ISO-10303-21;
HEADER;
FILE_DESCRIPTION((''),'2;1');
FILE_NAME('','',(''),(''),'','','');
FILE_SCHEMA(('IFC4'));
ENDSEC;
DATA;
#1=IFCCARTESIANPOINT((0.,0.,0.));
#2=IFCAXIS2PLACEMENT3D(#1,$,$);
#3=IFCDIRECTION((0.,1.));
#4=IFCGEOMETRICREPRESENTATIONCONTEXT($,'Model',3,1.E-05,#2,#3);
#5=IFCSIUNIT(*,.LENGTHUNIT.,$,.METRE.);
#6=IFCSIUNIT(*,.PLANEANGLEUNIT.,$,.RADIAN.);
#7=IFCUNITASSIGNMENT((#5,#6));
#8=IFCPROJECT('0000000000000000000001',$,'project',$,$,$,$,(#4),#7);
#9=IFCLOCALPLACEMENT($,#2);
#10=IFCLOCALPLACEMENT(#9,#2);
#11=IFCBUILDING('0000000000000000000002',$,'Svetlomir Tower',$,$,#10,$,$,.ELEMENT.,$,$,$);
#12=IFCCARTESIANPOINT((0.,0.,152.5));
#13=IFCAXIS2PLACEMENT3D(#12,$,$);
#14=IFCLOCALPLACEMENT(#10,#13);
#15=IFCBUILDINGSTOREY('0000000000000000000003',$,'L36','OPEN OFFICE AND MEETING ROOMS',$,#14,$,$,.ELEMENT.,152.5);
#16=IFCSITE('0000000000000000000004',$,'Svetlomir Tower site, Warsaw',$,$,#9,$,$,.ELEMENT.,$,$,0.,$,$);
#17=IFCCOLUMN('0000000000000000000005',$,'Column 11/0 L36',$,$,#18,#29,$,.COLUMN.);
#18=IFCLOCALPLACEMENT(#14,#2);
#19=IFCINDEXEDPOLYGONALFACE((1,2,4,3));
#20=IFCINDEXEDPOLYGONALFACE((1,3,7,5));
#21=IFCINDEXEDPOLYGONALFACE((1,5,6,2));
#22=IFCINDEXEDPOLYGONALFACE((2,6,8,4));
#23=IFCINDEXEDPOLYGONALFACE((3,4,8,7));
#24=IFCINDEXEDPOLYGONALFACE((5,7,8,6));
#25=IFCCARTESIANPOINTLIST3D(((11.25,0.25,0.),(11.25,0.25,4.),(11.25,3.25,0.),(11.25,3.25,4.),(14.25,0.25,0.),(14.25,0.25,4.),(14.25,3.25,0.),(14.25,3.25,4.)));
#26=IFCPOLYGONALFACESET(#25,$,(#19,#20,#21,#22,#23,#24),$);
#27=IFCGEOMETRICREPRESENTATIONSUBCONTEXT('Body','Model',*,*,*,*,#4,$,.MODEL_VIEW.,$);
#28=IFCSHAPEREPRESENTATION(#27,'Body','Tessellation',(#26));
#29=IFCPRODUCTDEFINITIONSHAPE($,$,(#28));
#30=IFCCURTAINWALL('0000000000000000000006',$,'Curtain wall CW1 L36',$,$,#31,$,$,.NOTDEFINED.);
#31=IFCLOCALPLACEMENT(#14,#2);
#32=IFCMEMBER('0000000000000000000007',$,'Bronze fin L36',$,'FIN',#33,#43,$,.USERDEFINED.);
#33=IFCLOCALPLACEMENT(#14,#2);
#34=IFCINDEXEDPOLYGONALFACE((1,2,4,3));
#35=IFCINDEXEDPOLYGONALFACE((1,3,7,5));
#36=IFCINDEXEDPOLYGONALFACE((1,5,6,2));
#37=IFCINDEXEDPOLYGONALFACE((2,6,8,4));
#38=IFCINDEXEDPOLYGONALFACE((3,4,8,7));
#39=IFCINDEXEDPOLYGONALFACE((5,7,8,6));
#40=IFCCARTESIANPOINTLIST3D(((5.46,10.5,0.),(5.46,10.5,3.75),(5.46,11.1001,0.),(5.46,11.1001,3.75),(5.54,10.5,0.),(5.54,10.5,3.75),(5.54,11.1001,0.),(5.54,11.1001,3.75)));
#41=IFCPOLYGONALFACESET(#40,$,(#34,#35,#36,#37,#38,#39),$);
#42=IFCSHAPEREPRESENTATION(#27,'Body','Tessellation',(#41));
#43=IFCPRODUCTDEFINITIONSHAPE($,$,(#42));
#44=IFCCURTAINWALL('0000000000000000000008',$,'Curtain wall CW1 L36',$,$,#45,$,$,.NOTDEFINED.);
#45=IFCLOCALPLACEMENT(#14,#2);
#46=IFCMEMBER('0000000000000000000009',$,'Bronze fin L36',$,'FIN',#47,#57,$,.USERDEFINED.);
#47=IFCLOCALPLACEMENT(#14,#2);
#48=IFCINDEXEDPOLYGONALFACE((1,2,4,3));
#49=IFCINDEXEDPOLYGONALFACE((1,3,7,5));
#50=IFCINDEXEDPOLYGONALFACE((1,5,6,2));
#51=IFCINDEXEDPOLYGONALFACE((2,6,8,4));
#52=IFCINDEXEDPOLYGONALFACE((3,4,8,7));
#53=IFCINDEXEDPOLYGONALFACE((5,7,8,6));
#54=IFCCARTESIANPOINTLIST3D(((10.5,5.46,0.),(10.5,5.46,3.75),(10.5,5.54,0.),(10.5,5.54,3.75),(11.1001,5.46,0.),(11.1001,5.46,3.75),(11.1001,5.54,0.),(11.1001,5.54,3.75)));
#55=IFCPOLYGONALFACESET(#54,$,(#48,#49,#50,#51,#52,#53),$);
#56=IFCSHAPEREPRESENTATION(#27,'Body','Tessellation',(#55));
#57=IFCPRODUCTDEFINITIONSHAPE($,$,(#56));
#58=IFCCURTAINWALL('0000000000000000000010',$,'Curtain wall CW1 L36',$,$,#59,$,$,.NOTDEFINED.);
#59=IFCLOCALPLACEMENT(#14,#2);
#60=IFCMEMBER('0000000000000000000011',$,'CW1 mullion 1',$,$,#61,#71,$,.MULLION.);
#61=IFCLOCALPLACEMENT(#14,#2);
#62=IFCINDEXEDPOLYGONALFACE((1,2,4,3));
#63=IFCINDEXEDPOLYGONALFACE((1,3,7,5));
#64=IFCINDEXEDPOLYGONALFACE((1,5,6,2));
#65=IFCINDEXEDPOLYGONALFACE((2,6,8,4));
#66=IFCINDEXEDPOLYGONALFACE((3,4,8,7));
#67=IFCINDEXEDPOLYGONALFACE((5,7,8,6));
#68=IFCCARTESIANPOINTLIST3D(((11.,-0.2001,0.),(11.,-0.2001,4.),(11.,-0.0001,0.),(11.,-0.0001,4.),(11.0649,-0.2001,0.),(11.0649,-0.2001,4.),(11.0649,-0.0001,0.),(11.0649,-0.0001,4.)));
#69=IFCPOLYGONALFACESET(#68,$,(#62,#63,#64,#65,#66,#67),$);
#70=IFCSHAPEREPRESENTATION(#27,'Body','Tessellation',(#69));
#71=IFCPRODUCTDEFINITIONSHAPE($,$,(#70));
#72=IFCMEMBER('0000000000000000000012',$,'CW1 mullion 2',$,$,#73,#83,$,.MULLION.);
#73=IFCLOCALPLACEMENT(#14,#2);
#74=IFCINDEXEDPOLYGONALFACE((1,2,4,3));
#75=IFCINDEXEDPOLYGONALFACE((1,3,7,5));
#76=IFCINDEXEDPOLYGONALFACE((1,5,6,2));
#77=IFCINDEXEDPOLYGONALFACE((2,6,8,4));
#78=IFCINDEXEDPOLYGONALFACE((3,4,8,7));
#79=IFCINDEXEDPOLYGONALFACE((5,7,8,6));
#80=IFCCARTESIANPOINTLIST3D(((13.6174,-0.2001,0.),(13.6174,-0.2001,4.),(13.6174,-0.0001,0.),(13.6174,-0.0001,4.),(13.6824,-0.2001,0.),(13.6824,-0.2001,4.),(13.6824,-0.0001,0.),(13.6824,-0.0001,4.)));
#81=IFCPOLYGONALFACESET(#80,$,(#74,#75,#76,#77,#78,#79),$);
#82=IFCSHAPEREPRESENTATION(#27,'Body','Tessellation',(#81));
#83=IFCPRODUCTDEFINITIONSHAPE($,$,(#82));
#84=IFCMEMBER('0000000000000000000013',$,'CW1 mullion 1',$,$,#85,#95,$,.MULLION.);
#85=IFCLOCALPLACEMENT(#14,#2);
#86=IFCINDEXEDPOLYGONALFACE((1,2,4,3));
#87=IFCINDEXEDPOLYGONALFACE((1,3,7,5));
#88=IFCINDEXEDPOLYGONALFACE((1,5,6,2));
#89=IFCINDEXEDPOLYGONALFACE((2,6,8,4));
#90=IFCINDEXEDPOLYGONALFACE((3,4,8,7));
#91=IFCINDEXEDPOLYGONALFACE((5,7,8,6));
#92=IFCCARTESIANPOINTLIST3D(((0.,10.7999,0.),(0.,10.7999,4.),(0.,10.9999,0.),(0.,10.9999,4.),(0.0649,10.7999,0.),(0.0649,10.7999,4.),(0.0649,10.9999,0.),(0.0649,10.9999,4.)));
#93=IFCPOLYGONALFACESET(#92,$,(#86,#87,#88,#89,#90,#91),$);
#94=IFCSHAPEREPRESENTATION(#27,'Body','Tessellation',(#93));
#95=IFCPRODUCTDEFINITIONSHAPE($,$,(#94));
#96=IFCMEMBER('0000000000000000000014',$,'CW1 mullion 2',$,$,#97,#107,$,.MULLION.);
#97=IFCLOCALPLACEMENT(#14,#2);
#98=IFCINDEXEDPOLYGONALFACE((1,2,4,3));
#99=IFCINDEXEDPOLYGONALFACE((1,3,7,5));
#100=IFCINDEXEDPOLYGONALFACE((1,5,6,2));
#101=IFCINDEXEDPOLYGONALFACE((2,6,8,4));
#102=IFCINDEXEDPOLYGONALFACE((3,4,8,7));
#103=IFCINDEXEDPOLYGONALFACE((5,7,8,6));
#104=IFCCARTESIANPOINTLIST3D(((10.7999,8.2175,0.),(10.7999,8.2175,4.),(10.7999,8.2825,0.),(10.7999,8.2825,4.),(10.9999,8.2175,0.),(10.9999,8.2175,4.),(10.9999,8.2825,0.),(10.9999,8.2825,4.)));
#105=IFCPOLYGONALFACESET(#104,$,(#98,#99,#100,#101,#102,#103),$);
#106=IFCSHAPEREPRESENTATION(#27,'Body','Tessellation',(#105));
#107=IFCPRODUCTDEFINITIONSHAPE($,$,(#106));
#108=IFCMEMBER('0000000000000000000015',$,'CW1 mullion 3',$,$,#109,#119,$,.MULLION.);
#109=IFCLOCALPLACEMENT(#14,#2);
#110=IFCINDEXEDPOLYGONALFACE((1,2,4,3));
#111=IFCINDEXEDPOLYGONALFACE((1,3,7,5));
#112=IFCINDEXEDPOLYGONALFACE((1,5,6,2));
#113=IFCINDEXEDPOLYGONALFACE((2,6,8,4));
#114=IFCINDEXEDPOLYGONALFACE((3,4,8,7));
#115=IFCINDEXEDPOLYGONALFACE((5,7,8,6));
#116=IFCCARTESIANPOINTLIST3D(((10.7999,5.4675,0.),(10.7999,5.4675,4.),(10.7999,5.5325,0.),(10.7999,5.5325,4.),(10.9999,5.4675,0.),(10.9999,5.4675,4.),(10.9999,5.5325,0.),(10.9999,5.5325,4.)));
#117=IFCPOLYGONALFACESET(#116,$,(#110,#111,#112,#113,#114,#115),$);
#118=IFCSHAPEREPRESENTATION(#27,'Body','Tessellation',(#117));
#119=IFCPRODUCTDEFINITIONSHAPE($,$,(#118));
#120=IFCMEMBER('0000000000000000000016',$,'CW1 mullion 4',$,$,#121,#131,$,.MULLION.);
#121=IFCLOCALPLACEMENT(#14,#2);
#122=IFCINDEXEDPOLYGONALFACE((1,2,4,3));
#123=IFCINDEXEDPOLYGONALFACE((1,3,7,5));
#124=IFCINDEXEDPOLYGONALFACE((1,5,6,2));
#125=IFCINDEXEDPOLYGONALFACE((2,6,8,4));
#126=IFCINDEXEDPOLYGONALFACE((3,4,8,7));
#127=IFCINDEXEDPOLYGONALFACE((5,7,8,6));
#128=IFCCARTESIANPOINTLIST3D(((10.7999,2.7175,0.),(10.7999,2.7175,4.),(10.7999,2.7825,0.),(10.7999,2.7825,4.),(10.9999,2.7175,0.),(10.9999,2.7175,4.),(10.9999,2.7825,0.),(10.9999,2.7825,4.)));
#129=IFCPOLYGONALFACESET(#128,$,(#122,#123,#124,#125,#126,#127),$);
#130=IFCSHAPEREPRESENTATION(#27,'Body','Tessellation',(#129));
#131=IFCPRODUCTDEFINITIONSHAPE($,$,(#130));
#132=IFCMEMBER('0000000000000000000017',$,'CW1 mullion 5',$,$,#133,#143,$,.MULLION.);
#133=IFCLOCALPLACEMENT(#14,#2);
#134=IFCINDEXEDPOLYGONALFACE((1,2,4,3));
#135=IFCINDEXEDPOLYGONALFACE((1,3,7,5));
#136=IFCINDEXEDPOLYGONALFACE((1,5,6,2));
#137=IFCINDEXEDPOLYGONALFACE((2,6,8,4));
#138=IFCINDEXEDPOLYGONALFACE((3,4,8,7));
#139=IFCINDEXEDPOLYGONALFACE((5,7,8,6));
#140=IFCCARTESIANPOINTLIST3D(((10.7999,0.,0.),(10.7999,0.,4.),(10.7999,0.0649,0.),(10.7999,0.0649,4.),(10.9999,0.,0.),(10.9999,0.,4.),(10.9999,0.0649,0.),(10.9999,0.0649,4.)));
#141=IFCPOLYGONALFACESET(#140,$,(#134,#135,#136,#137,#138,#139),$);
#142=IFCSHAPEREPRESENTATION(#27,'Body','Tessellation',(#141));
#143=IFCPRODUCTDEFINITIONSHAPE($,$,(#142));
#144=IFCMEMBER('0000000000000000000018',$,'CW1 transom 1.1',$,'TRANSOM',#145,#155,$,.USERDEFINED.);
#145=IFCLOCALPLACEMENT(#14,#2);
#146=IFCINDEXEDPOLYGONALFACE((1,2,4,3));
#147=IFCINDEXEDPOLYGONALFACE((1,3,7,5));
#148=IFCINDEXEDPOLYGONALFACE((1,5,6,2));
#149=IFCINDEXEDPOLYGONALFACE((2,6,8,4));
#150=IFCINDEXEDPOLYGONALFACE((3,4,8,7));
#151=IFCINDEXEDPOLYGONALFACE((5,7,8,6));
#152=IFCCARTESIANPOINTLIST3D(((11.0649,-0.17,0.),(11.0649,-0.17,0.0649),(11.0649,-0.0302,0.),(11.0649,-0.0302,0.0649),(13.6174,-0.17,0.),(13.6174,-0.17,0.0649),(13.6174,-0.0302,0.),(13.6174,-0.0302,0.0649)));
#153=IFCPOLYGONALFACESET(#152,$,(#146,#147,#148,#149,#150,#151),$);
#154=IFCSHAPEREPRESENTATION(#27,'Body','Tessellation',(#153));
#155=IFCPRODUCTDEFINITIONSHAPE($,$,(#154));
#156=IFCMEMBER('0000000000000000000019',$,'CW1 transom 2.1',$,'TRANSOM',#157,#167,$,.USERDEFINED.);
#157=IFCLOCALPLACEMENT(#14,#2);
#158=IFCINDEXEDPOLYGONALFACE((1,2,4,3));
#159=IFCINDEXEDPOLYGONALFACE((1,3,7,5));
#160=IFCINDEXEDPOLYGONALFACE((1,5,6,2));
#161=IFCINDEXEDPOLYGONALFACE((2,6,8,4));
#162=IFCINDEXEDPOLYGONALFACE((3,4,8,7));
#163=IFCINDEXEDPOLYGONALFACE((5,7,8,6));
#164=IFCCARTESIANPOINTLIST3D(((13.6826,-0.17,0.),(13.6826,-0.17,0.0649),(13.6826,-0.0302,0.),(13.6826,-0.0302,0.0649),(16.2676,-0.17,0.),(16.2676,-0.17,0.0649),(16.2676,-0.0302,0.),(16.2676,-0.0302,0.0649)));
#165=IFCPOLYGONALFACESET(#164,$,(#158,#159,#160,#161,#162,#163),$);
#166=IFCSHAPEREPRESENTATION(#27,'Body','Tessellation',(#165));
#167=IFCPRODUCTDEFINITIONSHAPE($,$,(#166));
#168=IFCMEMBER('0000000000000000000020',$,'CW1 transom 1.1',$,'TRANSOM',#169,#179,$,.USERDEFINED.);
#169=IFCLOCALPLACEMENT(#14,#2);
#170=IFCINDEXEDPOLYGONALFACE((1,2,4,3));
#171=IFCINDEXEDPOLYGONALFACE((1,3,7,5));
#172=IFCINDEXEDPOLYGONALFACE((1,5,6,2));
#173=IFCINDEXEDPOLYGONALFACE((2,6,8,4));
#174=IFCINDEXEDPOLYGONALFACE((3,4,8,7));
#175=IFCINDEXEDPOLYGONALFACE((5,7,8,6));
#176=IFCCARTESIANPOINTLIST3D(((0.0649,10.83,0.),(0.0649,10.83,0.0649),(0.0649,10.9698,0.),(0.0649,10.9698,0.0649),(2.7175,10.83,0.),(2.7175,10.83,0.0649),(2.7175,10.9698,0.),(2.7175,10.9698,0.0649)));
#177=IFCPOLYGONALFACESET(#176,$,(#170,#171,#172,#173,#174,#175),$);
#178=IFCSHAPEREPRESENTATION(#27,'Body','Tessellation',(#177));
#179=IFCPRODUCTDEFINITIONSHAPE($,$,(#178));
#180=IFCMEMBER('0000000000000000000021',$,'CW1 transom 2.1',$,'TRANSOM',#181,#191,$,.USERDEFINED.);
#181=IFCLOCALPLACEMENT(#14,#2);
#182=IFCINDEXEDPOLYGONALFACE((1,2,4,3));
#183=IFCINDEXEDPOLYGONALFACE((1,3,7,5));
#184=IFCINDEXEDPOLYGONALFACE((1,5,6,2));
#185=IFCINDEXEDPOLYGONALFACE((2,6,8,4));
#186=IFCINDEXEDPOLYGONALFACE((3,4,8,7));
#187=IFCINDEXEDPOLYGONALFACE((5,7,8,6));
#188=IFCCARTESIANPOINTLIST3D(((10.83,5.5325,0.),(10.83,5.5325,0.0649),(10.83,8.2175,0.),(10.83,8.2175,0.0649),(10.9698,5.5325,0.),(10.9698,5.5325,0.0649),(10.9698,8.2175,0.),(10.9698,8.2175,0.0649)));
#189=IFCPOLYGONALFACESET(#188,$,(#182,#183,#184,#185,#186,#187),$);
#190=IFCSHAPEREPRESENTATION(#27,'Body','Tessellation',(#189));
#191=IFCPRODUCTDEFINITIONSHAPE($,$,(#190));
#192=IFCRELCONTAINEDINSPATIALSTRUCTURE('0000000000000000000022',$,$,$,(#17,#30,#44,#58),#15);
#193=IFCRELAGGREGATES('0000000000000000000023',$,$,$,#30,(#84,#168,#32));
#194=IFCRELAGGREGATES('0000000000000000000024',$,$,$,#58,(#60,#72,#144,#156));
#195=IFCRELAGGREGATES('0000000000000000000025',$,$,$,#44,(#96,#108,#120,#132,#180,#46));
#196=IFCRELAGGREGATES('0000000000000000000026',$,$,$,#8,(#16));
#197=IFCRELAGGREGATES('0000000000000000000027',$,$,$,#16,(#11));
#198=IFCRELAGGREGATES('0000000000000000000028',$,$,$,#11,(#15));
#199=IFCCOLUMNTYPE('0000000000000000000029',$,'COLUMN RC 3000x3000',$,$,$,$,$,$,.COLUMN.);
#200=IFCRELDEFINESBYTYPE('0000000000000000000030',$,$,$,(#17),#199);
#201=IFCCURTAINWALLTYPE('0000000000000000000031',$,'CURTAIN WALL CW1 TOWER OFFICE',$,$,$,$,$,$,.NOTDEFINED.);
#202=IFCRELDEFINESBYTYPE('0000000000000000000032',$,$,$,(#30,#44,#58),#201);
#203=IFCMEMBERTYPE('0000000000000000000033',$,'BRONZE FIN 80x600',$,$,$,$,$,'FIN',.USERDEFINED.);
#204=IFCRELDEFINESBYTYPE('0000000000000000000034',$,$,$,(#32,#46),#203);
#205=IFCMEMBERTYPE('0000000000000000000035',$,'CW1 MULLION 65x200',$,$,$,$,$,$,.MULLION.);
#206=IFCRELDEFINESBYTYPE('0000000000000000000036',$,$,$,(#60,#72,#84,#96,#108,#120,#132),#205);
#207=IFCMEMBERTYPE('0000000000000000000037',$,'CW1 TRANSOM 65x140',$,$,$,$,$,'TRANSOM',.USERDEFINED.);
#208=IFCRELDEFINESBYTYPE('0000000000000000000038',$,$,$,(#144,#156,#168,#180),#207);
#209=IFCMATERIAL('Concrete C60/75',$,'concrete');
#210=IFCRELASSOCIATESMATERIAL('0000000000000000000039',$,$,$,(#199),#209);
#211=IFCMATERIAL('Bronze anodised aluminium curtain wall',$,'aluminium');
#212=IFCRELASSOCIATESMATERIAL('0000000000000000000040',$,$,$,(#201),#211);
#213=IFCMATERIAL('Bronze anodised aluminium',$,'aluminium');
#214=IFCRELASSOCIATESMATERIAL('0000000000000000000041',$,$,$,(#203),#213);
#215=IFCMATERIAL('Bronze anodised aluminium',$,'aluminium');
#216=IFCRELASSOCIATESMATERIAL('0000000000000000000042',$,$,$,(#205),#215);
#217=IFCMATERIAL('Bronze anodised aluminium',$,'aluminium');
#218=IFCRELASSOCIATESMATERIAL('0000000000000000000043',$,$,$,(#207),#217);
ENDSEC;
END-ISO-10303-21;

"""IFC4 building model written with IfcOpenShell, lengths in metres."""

from ifc_helpers import new_model, si_unit, direction, frame, origin, origin_2d, place, context, subcontext, project, spatial, rectangle, extrude, material, material_profile, profile_set, type_object, element, aggregate, save


model = new_model("IFC4")

# Units and contexts
model_context = context("Model", 3, precision=1e-05, world=origin(), true_north=direction((0.0, 1.0)))
body_context = subcontext(model_context, "Body", "Model", "MODEL_VIEW")
ifc_project = project(units=[si_unit("LENGTHUNIT", "METRE"), si_unit("PLANEANGLEUNIT", "RADIAN")], contexts=[model_context])

# Site, building, storey
site_placement = place(None, origin())
site = spatial("IfcSite", under=ifc_project, at=site_placement, Name="Svetlomir Tower site, Warsaw", CompositionType="ELEMENT", RefElevation=0.0)
building_placement = place(site_placement, origin())
building = spatial("IfcBuilding", under=site, at=building_placement, Name="Svetlomir Tower", CompositionType="ELEMENT")
storey_placement = place(building_placement, frame((0.0, 0.0, 152.5)))
storey = spatial("IfcBuildingStorey", under=building, at=storey_placement, Name="L36", Description="OPEN OFFICE AND MEETING ROOMS", CompositionType="ELEMENT", Elevation=152.5)

# Column
ifc_material_1 = material(Name="Concrete C60/75", Category="concrete")
ifc_material_profile_1 = material_profile(ifc_material_1, rectangle(XDim=3.0, YDim=3.0, at=origin_2d()), Name="RC 3000x3000")
ifc_profile_set_1 = profile_set([ifc_material_profile_1], Name="Concrete C60/75")
column_type = type_object("IfcColumnType", Name="COLUMN RC 3000x3000", PredefinedType="COLUMN", material=ifc_profile_set_1)
column_placement = place(storey_placement, frame((12.75, 1.75, 0.0), z_axis=(0.0, 0.0, 1.0), x_axis=(1.0, 0.0, 0.0)))
element("IfcColumn", 1, at=column_placement, inside=storey, type_object=column_type, Name="Column 11/0 L36", PredefinedType="COLUMN", context=body_context, shape_type="SweptSolid", body=[
    extrude(rectangle(XDim=3.0, YDim=3.0, at=origin_2d()), origin(), (0.0, 0.0, 1.0), 4.0),
])

# Curtain walls, members
ifc_material_2 = material(Name="Bronze anodised aluminium curtain wall", Category="aluminium")
curtain_wall_type = type_object("IfcCurtainWallType", Name="CURTAIN WALL CW1 TOWER OFFICE", PredefinedType="NOTDEFINED", material=ifc_material_2)
curtain_wall_1_placement = place(storey_placement, origin())
curtain_wall_1 = element("IfcCurtainWall", 2, at=curtain_wall_1_placement, inside=storey, type_object=curtain_wall_type, Name="Curtain wall CW1 L36", PredefinedType="NOTDEFINED")
ifc_material_3 = material(Name="Bronze anodised aluminium", Category="aluminium")
ifc_material_profile_2 = material_profile(ifc_material_3, rectangle(XDim=0.0801, YDim=0.6001, at=origin_2d()), Name="FIN 80x600")
ifc_profile_set_2 = profile_set([ifc_material_profile_2], Name="Bronze anodised aluminium 6063-T6")
member_type_1 = type_object("IfcMemberType", Name="BRONZE FIN 80x600", ElementType="FIN", PredefinedType="USERDEFINED", material=ifc_profile_set_2)
member_1_placement = place(storey_placement, frame((5.5, 10.8, 0.0), z_axis=(0.0, 0.0, 1.0), x_axis=(1.0, 0.0, 0.0)))
member_1 = element("IfcMember", 3, at=member_1_placement, type_object=member_type_1, Name="Bronze fin L36", ObjectType="FIN", PredefinedType="USERDEFINED", context=body_context, shape_type="SweptSolid", body=[
    extrude(rectangle(XDim=0.0801, YDim=0.6001, at=origin_2d()), origin(), (0.0, 0.0, 1.0), 3.75),
])
curtain_wall_2_placement = place(storey_placement, origin())
curtain_wall_2 = element("IfcCurtainWall", 4, at=curtain_wall_2_placement, inside=storey, type_object=curtain_wall_type, Name="Curtain wall CW1 L36", PredefinedType="NOTDEFINED")
member_2_placement = place(storey_placement, frame((10.8, 5.5, 0.0), z_axis=(0.0, 0.0, 1.0), x_axis=(0.0, 1.0, 0.0)))
member_2 = element("IfcMember", 5, at=member_2_placement, type_object=member_type_1, Name="Bronze fin L36", ObjectType="FIN", PredefinedType="USERDEFINED", context=body_context, shape_type="SweptSolid", body=[
    extrude(rectangle(XDim=0.0801, YDim=0.6001, at=origin_2d()), origin(), (0.0, 0.0, 1.0), 3.75),
])

# Curtain wall, members
curtain_wall_3_placement = place(storey_placement, origin())
curtain_wall_3 = element("IfcCurtainWall", 6, at=curtain_wall_3_placement, inside=storey, type_object=curtain_wall_type, Name="Curtain wall CW1 L36", PredefinedType="NOTDEFINED")
ifc_material_4 = material(Name="Bronze anodised aluminium", Category="aluminium")
ifc_material_profile_3 = material_profile(ifc_material_4, rectangle(XDim=0.0649, YDim=0.2, at=origin_2d()), Name="AL 65x200")
ifc_profile_set_3 = profile_set([ifc_material_profile_3], Name="Bronze anodised aluminium 6063-T6")
member_type_2 = type_object("IfcMemberType", Name="CW1 MULLION 65x200", PredefinedType="MULLION", material=ifc_profile_set_3)
member_3_placement = place(storey_placement, frame((11.0325, -0.1001, 0.0), z_axis=(0.0, 0.0, 1.0), x_axis=(1.0, 0.0, 0.0)))
member_3 = element("IfcMember", 7, at=member_3_placement, type_object=member_type_2, Name="CW1 mullion 1", PredefinedType="MULLION", context=body_context, shape_type="SweptSolid", body=[
    extrude(rectangle(XDim=0.0649, YDim=0.2, at=origin_2d()), origin(), (0.0, 0.0, 1.0), 4.0),
])
member_4_placement = place(storey_placement, frame((13.6499, -0.1001, 0.0), z_axis=(0.0, 0.0, 1.0), x_axis=(1.0, 0.0, 0.0)))
member_4 = element("IfcMember", 8, at=member_4_placement, type_object=member_type_2, Name="CW1 mullion 2", PredefinedType="MULLION", context=body_context, shape_type="SweptSolid", body=[
    extrude(rectangle(XDim=0.0649, YDim=0.2, at=origin_2d()), origin(), (0.0, 0.0, 1.0), 4.0),
])

# Members
member_5_placement = place(storey_placement, frame((0.0325, 10.8999, 0.0), z_axis=(0.0, 0.0, 1.0), x_axis=(1.0, 0.0, 0.0)))
member_5 = element("IfcMember", 9, at=member_5_placement, type_object=member_type_2, Name="CW1 mullion 1", PredefinedType="MULLION", context=body_context, shape_type="SweptSolid", body=[
    extrude(rectangle(XDim=0.0649, YDim=0.2, at=origin_2d()), origin(), (0.0, 0.0, 1.0), 4.0),
])
member_6_placement = place(storey_placement, frame((10.8999, 8.25, 0.0), z_axis=(0.0, 0.0, 1.0), x_axis=(0.0, -1.0, 0.0)))
member_6 = element("IfcMember", 10, at=member_6_placement, type_object=member_type_2, Name="CW1 mullion 2", PredefinedType="MULLION", context=body_context, shape_type="SweptSolid", body=[
    extrude(rectangle(XDim=0.0649, YDim=0.2, at=origin_2d()), origin(), (0.0, 0.0, 1.0), 4.0),
])
member_7_placement = place(storey_placement, frame((10.8999, 5.5, 0.0), z_axis=(0.0, 0.0, 1.0), x_axis=(0.0, -1.0, 0.0)))
member_7 = element("IfcMember", 11, at=member_7_placement, type_object=member_type_2, Name="CW1 mullion 3", PredefinedType="MULLION", context=body_context, shape_type="SweptSolid", body=[
    extrude(rectangle(XDim=0.0649, YDim=0.2, at=origin_2d()), origin(), (0.0, 0.0, 1.0), 4.0),
])
member_8_placement = place(storey_placement, frame((10.8999, 2.75, 0.0), z_axis=(0.0, 0.0, 1.0), x_axis=(0.0, -1.0, 0.0)))
member_8 = element("IfcMember", 12, at=member_8_placement, type_object=member_type_2, Name="CW1 mullion 4", PredefinedType="MULLION", context=body_context, shape_type="SweptSolid", body=[
    extrude(rectangle(XDim=0.0649, YDim=0.2, at=origin_2d()), origin(), (0.0, 0.0, 1.0), 4.0),
])
member_9_placement = place(storey_placement, frame((10.8999, 0.0325, 0.0), z_axis=(0.0, 0.0, 1.0), x_axis=(0.0, -1.0, 0.0)))
member_9 = element("IfcMember", 13, at=member_9_placement, type_object=member_type_2, Name="CW1 mullion 5", PredefinedType="MULLION", context=body_context, shape_type="SweptSolid", body=[
    extrude(rectangle(XDim=0.0649, YDim=0.2, at=origin_2d()), origin(), (0.0, 0.0, 1.0), 4.0),
])
ifc_material_5 = material(Name="Bronze anodised aluminium", Category="aluminium")
ifc_material_profile_4 = material_profile(ifc_material_5, rectangle(XDim=0.1399, YDim=0.0649, at=origin_2d()), Name="AL 140x65")
ifc_profile_set_4 = profile_set([ifc_material_profile_4], Name="Bronze anodised aluminium 6063-T6")
member_type_3 = type_object("IfcMemberType", Name="CW1 TRANSOM 65x140", ElementType="TRANSOM", PredefinedType="USERDEFINED", material=ifc_profile_set_4)
member_10_placement = place(storey_placement, frame((11.0649, -0.1001, 0.0325), z_axis=(1.0, 0.0, 0.0), x_axis=(0.0, 1.0, 0.0)))
member_10 = element("IfcMember", 14, at=member_10_placement, type_object=member_type_3, Name="CW1 transom 1.1", ObjectType="TRANSOM", PredefinedType="USERDEFINED", context=body_context, shape_type="SweptSolid", body=[
    extrude(rectangle(XDim=0.1399, YDim=0.0649, at=origin_2d()), origin(), (0.0, 0.0, 1.0), 2.5525),
])
member_11_placement = place(storey_placement, frame((13.6826, -0.1001, 0.0325), z_axis=(1.0, 0.0, 0.0), x_axis=(0.0, 1.0, 0.0)))
member_11 = element("IfcMember", 15, at=member_11_placement, type_object=member_type_3, Name="CW1 transom 2.1", ObjectType="TRANSOM", PredefinedType="USERDEFINED", context=body_context, shape_type="SweptSolid", body=[
    extrude(rectangle(XDim=0.1399, YDim=0.0649, at=origin_2d()), origin(), (0.0, 0.0, 1.0), 2.585),
])
member_12_placement = place(storey_placement, frame((0.0649, 10.8999, 0.0325), z_axis=(1.0, 0.0, 0.0), x_axis=(0.0, 1.0, 0.0)))
member_12 = element("IfcMember", 16, at=member_12_placement, type_object=member_type_3, Name="CW1 transom 1.1", ObjectType="TRANSOM", PredefinedType="USERDEFINED", context=body_context, shape_type="SweptSolid", body=[
    extrude(rectangle(XDim=0.1399, YDim=0.0649, at=origin_2d()), origin(), (0.0, 0.0, 1.0), 2.6526),
])
aggregate(curtain_wall_1, [member_5, member_12, member_1])
member_13_placement = place(storey_placement, frame((10.8999, 8.2175, 0.0325), z_axis=(0.0, -1.0, 0.0), x_axis=(1.0, 0.0, 0.0)))
member_13 = element("IfcMember", 17, at=member_13_placement, type_object=member_type_3, Name="CW1 transom 2.1", ObjectType="TRANSOM", PredefinedType="USERDEFINED", context=body_context, shape_type="SweptSolid", body=[
    extrude(rectangle(XDim=0.1399, YDim=0.0649, at=origin_2d()), origin(), (0.0, 0.0, 1.0), 2.6851),
])

aggregate(curtain_wall_3, [member_3, member_4, member_10, member_11])
aggregate(curtain_wall_2, [member_6, member_7, member_8, member_9, member_13, member_2])

save(model, "model.ifc")
